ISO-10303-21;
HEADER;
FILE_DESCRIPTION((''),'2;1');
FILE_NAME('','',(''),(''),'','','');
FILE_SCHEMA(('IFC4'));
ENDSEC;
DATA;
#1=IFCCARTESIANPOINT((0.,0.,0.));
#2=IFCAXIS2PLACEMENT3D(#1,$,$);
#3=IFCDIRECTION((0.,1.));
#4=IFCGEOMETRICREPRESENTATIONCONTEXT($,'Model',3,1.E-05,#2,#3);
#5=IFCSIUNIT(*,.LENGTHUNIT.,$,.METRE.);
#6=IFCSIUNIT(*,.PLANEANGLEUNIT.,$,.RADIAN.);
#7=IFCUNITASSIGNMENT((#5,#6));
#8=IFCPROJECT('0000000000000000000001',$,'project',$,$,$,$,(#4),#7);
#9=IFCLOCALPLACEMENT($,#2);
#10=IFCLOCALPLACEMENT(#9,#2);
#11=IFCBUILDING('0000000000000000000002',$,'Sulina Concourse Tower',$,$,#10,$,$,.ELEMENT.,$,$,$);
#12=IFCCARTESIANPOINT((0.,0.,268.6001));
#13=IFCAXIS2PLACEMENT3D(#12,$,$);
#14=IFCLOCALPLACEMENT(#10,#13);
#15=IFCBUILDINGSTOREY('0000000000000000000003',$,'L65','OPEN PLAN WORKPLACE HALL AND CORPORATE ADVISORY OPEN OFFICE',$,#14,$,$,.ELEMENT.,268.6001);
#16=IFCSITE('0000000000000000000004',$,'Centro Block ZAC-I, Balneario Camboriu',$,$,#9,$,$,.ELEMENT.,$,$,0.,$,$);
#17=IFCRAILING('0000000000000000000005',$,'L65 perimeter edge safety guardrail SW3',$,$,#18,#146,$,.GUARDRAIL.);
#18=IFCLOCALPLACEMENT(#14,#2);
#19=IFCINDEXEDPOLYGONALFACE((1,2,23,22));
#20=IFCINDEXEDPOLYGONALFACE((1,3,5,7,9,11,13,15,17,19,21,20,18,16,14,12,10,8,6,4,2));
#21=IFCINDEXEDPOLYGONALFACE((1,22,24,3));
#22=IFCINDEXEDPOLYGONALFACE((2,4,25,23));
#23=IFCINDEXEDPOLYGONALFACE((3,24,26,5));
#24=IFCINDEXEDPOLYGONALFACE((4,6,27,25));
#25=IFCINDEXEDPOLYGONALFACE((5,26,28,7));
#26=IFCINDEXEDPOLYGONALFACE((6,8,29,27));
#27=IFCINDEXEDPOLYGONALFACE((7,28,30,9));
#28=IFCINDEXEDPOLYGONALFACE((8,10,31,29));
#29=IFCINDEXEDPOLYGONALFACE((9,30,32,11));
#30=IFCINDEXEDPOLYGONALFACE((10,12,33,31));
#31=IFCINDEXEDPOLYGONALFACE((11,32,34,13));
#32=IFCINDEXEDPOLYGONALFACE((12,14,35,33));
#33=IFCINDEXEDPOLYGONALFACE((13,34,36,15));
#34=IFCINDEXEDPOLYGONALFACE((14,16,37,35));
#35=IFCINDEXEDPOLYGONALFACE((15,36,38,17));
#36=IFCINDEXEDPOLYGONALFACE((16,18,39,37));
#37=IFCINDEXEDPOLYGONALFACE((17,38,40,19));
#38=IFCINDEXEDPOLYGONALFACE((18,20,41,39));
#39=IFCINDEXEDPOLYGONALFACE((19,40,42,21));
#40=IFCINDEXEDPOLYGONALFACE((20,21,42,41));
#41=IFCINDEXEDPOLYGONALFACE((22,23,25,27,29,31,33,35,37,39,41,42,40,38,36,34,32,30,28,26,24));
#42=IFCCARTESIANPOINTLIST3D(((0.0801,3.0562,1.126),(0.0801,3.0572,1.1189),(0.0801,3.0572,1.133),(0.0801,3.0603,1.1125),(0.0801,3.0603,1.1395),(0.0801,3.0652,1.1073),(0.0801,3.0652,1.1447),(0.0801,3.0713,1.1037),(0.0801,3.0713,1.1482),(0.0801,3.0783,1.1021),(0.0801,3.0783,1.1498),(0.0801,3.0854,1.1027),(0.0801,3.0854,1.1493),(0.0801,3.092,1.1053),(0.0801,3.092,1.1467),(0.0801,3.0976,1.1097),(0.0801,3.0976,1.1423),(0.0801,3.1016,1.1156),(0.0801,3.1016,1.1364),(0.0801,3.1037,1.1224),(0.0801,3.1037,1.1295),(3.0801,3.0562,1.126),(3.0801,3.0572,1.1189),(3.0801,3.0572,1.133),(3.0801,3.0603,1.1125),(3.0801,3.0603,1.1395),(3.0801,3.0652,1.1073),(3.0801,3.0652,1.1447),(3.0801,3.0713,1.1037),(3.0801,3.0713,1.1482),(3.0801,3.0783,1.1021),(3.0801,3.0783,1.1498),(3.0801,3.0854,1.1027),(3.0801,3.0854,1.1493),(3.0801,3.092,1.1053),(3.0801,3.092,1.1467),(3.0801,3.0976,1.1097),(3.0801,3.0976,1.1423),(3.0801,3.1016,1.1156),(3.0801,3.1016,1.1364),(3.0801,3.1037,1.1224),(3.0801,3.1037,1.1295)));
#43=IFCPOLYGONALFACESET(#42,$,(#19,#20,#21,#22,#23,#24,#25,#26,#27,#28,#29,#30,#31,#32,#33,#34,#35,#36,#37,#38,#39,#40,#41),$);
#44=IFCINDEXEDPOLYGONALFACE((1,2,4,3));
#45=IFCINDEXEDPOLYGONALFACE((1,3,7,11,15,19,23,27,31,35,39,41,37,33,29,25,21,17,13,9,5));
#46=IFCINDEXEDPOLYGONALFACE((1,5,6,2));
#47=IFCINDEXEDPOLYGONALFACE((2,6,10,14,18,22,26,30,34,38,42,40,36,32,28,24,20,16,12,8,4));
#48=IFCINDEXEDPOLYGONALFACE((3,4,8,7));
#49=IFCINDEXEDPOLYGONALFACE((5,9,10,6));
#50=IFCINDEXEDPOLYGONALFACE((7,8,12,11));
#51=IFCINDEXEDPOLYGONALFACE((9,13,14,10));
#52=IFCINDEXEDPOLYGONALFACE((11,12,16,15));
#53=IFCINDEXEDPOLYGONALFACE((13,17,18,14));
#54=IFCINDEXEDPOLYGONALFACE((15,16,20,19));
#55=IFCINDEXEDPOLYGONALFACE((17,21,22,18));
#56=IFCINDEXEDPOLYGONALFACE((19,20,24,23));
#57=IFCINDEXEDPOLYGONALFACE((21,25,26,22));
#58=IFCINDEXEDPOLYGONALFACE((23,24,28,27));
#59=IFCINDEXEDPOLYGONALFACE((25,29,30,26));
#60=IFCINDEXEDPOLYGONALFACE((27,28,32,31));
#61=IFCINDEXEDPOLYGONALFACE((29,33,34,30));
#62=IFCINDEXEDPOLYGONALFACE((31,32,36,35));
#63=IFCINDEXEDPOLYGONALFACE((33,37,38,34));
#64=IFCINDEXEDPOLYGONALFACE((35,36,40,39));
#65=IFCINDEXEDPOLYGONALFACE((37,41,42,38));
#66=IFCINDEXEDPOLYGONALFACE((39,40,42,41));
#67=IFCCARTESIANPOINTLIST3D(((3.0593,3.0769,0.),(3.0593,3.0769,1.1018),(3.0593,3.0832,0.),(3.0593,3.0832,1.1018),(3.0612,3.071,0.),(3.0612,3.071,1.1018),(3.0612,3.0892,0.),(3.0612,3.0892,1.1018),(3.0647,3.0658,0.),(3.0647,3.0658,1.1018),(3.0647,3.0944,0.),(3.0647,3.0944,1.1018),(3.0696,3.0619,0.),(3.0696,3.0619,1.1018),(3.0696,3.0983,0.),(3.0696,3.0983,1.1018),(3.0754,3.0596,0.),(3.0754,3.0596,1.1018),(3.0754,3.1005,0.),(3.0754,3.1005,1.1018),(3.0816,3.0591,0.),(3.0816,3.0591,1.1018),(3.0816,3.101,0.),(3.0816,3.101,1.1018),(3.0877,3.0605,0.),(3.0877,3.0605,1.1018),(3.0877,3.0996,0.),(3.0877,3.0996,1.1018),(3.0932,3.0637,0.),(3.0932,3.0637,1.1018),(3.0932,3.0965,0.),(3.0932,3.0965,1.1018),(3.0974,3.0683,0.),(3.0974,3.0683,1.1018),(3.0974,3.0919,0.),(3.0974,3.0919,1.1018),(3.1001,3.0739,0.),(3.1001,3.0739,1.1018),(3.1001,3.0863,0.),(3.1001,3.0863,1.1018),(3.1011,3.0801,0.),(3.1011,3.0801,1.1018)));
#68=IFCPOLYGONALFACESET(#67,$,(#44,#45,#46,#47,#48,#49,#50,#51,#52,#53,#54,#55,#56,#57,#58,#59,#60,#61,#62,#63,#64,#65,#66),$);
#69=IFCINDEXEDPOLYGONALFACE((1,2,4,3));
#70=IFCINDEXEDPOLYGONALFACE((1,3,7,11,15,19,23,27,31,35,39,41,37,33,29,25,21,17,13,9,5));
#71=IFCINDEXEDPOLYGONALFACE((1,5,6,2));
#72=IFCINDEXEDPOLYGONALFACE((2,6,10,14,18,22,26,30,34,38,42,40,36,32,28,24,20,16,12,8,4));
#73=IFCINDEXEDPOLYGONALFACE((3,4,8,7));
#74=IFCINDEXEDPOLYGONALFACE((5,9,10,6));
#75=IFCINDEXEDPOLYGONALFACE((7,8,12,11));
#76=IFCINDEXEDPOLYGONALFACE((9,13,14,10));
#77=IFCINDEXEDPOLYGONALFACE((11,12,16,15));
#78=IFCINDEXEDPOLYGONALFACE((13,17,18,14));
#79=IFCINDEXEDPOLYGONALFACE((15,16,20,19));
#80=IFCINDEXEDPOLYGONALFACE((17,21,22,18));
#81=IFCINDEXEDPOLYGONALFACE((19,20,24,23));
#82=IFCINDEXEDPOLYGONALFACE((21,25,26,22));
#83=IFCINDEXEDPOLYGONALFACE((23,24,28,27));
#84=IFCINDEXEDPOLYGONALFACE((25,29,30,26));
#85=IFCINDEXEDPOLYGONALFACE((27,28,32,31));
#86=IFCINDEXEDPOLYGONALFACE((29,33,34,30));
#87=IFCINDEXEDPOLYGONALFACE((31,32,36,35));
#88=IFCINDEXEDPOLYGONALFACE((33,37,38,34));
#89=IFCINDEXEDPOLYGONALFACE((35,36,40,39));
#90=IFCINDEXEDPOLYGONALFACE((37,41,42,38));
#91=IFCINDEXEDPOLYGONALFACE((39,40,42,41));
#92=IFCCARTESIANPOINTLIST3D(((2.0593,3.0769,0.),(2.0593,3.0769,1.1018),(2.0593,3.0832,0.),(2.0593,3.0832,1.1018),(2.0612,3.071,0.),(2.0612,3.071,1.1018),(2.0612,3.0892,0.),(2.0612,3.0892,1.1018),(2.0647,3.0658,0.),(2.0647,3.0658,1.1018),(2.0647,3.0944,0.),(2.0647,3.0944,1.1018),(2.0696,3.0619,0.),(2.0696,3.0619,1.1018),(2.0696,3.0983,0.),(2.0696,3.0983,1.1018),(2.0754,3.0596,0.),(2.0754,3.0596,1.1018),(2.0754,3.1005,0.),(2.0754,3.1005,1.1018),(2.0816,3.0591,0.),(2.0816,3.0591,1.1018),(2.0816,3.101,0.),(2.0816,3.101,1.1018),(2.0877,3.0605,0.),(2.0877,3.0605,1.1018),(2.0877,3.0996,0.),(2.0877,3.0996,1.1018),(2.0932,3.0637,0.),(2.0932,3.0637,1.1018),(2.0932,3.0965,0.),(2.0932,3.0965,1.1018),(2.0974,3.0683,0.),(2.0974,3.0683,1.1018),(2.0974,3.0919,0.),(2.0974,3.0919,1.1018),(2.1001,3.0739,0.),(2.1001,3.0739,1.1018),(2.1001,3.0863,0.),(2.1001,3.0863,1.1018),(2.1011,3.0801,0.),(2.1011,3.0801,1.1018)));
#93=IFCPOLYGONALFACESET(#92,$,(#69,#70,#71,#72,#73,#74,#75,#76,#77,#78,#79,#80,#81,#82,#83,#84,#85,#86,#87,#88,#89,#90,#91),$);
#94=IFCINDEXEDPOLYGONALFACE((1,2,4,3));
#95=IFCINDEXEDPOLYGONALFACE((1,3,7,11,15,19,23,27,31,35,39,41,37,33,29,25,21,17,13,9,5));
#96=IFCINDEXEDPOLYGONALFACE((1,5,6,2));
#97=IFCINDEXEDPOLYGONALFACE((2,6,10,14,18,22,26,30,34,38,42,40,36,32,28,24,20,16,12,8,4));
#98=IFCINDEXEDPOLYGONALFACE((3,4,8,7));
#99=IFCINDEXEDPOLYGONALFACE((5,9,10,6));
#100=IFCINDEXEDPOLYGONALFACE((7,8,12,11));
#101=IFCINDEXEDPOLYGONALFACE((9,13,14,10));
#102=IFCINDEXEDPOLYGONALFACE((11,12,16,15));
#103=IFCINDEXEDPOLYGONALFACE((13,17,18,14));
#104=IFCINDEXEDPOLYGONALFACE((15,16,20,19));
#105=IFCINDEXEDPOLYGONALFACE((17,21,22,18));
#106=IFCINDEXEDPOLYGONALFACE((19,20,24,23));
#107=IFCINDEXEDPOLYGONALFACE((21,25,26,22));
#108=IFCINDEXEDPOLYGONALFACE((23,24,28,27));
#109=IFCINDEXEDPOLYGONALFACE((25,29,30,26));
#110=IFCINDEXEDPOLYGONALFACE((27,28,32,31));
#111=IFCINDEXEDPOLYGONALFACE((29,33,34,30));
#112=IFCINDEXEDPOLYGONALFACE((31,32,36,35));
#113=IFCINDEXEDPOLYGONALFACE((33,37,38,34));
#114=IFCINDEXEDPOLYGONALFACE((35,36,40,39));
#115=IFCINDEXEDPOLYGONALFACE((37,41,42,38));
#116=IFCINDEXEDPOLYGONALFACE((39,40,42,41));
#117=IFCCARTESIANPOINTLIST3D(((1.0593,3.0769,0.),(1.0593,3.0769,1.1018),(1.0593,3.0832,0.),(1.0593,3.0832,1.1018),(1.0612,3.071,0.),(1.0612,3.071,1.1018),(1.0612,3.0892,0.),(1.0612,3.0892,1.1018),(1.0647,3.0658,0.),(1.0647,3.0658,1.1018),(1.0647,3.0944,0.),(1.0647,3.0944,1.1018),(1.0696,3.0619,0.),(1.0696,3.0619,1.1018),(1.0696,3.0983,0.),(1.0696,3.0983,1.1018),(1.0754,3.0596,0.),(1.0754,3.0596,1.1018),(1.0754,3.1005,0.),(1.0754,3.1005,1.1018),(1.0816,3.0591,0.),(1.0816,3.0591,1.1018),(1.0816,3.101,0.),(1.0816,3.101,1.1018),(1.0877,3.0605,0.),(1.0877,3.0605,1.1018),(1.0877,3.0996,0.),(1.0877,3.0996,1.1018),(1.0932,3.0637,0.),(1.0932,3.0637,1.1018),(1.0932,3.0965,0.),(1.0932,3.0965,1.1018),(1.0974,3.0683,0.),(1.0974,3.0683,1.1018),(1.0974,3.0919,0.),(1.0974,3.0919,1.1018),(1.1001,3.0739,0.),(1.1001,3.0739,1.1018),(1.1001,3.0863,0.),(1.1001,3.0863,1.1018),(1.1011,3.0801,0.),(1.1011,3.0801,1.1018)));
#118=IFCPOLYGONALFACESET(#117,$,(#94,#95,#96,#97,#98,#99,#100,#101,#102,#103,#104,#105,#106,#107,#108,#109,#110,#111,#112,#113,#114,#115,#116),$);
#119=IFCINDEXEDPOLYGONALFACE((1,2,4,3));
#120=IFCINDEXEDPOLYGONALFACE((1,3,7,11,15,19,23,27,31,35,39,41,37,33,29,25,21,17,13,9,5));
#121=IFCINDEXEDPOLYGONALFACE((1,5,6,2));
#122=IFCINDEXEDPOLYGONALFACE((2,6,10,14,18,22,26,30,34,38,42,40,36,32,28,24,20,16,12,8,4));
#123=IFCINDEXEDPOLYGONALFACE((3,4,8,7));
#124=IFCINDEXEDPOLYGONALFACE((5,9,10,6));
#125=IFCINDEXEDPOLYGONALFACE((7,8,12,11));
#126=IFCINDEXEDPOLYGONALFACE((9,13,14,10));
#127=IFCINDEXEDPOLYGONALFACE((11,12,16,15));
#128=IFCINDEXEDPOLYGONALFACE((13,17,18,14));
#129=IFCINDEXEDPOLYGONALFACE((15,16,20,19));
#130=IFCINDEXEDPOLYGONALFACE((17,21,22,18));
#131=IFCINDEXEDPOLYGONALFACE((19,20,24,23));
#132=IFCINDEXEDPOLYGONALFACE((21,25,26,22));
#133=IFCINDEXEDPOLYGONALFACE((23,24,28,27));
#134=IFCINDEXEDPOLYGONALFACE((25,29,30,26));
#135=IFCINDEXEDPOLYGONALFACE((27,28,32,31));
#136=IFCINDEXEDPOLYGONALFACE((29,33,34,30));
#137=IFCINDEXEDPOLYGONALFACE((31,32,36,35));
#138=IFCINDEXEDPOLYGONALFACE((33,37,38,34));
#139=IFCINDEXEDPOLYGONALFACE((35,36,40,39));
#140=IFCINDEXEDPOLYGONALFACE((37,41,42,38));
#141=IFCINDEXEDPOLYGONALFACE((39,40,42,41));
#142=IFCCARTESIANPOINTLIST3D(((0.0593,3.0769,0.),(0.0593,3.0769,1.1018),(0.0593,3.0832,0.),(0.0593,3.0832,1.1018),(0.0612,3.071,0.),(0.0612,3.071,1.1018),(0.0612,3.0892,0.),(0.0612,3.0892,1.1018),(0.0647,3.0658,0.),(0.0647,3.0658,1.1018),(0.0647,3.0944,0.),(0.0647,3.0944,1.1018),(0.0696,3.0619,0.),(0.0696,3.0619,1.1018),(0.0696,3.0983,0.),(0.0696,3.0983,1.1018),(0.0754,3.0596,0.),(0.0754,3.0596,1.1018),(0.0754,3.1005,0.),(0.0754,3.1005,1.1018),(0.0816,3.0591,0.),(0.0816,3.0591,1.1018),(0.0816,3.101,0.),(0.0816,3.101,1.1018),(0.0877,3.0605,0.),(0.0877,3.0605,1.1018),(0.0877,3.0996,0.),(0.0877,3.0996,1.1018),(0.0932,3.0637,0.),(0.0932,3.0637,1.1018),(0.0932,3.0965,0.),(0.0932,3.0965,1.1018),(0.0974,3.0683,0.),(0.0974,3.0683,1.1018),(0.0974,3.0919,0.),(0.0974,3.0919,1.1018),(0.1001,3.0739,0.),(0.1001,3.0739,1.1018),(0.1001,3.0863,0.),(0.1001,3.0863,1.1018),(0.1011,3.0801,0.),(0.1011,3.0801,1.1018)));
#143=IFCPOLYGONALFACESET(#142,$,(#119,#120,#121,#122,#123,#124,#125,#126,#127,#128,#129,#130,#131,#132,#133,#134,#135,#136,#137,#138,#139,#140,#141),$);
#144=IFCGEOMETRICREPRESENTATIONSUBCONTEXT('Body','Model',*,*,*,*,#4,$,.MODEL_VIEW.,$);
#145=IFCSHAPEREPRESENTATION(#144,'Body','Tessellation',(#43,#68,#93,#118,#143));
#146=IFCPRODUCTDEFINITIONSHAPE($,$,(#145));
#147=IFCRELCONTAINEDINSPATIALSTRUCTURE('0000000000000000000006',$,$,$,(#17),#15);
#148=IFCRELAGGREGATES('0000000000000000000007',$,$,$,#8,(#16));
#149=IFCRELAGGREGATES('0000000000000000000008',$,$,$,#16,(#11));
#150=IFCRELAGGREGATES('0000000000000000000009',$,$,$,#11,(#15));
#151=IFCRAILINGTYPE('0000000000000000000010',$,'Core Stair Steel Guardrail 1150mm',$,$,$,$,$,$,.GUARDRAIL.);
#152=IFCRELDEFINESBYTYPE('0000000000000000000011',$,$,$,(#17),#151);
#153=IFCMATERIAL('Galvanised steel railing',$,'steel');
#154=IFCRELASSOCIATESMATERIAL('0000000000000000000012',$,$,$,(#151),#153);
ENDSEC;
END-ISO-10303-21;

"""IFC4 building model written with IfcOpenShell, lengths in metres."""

from ifc_helpers import new_model, si_unit, direction, frame, origin, origin_2d, place, context, subcontext, project, spatial, circle, extrude, material, type_object, element, save


model = new_model("IFC4")

# Units and contexts
model_context = context("Model", 3, precision=1e-05, world=origin(), true_north=direction((0.0, 1.0)))
body_context = subcontext(model_context, "Body", "Model", "MODEL_VIEW")
ifc_project = project(units=[si_unit("LENGTHUNIT", "METRE"), si_unit("PLANEANGLEUNIT", "RADIAN")], contexts=[model_context])

# Site, building, storey
site_placement = place(None, origin())
site = spatial("IfcSite", under=ifc_project, at=site_placement, Name="Centro Block ZAC-I, Balneario Camboriu", CompositionType="ELEMENT", RefElevation=0.0)
building_placement = place(site_placement, origin())
building = spatial("IfcBuilding", under=site, at=building_placement, Name="Sulina Concourse Tower", CompositionType="ELEMENT")
storey_placement = place(building_placement, frame((0.0, 0.0, 268.6001)))
storey = spatial("IfcBuildingStorey", under=building, at=storey_placement, Name="L65", Description="OPEN PLAN WORKPLACE HALL AND CORPORATE ADVISORY OPEN OFFICE", CompositionType="ELEMENT", Elevation=268.6001)

# Railing
ifc_material_1 = material(Name="Galvanised steel railing", Category="steel")
railing_type = type_object("IfcRailingType", Name="Core Stair Steel Guardrail 1150mm", PredefinedType="GUARDRAIL", material=ifc_material_1)
railing_1_placement = place(storey_placement, frame((3.0801, 3.0801, 0.0)))
element("IfcRailing", 1, at=railing_1_placement, inside=storey, type_object=railing_type, Name="L65 perimeter edge safety guardrail SW3", PredefinedType="GUARDRAIL", context=body_context, shape_type="SweptSolid", body=[
    extrude(circle(Radius=0.0239, at=origin_2d()), frame((0.0, 0.0, 1.126), z_axis=(-1.0, 0.0, 0.0), x_axis=(0.0, -1.0, 0.0)), (0.0, 0.0, 1.0), 3.0),
    extrude(circle(Radius=0.021, at=origin_2d()), origin(), (0.0, 0.0, 1.0), 1.1018),
    extrude(circle(Radius=0.021, at=origin_2d()), frame((-1.0, 0.0, 0.0)), (0.0, 0.0, 1.0), 1.1018),
    extrude(circle(Radius=0.021, at=origin_2d()), frame((-2.0, 0.0, 0.0)), (0.0, 0.0, 1.0), 1.1018),
    extrude(circle(Radius=0.021, at=origin_2d()), frame((-3.0, 0.0, 0.0)), (0.0, 0.0, 1.0), 1.1018),
])

save(model, "model.ifc")
